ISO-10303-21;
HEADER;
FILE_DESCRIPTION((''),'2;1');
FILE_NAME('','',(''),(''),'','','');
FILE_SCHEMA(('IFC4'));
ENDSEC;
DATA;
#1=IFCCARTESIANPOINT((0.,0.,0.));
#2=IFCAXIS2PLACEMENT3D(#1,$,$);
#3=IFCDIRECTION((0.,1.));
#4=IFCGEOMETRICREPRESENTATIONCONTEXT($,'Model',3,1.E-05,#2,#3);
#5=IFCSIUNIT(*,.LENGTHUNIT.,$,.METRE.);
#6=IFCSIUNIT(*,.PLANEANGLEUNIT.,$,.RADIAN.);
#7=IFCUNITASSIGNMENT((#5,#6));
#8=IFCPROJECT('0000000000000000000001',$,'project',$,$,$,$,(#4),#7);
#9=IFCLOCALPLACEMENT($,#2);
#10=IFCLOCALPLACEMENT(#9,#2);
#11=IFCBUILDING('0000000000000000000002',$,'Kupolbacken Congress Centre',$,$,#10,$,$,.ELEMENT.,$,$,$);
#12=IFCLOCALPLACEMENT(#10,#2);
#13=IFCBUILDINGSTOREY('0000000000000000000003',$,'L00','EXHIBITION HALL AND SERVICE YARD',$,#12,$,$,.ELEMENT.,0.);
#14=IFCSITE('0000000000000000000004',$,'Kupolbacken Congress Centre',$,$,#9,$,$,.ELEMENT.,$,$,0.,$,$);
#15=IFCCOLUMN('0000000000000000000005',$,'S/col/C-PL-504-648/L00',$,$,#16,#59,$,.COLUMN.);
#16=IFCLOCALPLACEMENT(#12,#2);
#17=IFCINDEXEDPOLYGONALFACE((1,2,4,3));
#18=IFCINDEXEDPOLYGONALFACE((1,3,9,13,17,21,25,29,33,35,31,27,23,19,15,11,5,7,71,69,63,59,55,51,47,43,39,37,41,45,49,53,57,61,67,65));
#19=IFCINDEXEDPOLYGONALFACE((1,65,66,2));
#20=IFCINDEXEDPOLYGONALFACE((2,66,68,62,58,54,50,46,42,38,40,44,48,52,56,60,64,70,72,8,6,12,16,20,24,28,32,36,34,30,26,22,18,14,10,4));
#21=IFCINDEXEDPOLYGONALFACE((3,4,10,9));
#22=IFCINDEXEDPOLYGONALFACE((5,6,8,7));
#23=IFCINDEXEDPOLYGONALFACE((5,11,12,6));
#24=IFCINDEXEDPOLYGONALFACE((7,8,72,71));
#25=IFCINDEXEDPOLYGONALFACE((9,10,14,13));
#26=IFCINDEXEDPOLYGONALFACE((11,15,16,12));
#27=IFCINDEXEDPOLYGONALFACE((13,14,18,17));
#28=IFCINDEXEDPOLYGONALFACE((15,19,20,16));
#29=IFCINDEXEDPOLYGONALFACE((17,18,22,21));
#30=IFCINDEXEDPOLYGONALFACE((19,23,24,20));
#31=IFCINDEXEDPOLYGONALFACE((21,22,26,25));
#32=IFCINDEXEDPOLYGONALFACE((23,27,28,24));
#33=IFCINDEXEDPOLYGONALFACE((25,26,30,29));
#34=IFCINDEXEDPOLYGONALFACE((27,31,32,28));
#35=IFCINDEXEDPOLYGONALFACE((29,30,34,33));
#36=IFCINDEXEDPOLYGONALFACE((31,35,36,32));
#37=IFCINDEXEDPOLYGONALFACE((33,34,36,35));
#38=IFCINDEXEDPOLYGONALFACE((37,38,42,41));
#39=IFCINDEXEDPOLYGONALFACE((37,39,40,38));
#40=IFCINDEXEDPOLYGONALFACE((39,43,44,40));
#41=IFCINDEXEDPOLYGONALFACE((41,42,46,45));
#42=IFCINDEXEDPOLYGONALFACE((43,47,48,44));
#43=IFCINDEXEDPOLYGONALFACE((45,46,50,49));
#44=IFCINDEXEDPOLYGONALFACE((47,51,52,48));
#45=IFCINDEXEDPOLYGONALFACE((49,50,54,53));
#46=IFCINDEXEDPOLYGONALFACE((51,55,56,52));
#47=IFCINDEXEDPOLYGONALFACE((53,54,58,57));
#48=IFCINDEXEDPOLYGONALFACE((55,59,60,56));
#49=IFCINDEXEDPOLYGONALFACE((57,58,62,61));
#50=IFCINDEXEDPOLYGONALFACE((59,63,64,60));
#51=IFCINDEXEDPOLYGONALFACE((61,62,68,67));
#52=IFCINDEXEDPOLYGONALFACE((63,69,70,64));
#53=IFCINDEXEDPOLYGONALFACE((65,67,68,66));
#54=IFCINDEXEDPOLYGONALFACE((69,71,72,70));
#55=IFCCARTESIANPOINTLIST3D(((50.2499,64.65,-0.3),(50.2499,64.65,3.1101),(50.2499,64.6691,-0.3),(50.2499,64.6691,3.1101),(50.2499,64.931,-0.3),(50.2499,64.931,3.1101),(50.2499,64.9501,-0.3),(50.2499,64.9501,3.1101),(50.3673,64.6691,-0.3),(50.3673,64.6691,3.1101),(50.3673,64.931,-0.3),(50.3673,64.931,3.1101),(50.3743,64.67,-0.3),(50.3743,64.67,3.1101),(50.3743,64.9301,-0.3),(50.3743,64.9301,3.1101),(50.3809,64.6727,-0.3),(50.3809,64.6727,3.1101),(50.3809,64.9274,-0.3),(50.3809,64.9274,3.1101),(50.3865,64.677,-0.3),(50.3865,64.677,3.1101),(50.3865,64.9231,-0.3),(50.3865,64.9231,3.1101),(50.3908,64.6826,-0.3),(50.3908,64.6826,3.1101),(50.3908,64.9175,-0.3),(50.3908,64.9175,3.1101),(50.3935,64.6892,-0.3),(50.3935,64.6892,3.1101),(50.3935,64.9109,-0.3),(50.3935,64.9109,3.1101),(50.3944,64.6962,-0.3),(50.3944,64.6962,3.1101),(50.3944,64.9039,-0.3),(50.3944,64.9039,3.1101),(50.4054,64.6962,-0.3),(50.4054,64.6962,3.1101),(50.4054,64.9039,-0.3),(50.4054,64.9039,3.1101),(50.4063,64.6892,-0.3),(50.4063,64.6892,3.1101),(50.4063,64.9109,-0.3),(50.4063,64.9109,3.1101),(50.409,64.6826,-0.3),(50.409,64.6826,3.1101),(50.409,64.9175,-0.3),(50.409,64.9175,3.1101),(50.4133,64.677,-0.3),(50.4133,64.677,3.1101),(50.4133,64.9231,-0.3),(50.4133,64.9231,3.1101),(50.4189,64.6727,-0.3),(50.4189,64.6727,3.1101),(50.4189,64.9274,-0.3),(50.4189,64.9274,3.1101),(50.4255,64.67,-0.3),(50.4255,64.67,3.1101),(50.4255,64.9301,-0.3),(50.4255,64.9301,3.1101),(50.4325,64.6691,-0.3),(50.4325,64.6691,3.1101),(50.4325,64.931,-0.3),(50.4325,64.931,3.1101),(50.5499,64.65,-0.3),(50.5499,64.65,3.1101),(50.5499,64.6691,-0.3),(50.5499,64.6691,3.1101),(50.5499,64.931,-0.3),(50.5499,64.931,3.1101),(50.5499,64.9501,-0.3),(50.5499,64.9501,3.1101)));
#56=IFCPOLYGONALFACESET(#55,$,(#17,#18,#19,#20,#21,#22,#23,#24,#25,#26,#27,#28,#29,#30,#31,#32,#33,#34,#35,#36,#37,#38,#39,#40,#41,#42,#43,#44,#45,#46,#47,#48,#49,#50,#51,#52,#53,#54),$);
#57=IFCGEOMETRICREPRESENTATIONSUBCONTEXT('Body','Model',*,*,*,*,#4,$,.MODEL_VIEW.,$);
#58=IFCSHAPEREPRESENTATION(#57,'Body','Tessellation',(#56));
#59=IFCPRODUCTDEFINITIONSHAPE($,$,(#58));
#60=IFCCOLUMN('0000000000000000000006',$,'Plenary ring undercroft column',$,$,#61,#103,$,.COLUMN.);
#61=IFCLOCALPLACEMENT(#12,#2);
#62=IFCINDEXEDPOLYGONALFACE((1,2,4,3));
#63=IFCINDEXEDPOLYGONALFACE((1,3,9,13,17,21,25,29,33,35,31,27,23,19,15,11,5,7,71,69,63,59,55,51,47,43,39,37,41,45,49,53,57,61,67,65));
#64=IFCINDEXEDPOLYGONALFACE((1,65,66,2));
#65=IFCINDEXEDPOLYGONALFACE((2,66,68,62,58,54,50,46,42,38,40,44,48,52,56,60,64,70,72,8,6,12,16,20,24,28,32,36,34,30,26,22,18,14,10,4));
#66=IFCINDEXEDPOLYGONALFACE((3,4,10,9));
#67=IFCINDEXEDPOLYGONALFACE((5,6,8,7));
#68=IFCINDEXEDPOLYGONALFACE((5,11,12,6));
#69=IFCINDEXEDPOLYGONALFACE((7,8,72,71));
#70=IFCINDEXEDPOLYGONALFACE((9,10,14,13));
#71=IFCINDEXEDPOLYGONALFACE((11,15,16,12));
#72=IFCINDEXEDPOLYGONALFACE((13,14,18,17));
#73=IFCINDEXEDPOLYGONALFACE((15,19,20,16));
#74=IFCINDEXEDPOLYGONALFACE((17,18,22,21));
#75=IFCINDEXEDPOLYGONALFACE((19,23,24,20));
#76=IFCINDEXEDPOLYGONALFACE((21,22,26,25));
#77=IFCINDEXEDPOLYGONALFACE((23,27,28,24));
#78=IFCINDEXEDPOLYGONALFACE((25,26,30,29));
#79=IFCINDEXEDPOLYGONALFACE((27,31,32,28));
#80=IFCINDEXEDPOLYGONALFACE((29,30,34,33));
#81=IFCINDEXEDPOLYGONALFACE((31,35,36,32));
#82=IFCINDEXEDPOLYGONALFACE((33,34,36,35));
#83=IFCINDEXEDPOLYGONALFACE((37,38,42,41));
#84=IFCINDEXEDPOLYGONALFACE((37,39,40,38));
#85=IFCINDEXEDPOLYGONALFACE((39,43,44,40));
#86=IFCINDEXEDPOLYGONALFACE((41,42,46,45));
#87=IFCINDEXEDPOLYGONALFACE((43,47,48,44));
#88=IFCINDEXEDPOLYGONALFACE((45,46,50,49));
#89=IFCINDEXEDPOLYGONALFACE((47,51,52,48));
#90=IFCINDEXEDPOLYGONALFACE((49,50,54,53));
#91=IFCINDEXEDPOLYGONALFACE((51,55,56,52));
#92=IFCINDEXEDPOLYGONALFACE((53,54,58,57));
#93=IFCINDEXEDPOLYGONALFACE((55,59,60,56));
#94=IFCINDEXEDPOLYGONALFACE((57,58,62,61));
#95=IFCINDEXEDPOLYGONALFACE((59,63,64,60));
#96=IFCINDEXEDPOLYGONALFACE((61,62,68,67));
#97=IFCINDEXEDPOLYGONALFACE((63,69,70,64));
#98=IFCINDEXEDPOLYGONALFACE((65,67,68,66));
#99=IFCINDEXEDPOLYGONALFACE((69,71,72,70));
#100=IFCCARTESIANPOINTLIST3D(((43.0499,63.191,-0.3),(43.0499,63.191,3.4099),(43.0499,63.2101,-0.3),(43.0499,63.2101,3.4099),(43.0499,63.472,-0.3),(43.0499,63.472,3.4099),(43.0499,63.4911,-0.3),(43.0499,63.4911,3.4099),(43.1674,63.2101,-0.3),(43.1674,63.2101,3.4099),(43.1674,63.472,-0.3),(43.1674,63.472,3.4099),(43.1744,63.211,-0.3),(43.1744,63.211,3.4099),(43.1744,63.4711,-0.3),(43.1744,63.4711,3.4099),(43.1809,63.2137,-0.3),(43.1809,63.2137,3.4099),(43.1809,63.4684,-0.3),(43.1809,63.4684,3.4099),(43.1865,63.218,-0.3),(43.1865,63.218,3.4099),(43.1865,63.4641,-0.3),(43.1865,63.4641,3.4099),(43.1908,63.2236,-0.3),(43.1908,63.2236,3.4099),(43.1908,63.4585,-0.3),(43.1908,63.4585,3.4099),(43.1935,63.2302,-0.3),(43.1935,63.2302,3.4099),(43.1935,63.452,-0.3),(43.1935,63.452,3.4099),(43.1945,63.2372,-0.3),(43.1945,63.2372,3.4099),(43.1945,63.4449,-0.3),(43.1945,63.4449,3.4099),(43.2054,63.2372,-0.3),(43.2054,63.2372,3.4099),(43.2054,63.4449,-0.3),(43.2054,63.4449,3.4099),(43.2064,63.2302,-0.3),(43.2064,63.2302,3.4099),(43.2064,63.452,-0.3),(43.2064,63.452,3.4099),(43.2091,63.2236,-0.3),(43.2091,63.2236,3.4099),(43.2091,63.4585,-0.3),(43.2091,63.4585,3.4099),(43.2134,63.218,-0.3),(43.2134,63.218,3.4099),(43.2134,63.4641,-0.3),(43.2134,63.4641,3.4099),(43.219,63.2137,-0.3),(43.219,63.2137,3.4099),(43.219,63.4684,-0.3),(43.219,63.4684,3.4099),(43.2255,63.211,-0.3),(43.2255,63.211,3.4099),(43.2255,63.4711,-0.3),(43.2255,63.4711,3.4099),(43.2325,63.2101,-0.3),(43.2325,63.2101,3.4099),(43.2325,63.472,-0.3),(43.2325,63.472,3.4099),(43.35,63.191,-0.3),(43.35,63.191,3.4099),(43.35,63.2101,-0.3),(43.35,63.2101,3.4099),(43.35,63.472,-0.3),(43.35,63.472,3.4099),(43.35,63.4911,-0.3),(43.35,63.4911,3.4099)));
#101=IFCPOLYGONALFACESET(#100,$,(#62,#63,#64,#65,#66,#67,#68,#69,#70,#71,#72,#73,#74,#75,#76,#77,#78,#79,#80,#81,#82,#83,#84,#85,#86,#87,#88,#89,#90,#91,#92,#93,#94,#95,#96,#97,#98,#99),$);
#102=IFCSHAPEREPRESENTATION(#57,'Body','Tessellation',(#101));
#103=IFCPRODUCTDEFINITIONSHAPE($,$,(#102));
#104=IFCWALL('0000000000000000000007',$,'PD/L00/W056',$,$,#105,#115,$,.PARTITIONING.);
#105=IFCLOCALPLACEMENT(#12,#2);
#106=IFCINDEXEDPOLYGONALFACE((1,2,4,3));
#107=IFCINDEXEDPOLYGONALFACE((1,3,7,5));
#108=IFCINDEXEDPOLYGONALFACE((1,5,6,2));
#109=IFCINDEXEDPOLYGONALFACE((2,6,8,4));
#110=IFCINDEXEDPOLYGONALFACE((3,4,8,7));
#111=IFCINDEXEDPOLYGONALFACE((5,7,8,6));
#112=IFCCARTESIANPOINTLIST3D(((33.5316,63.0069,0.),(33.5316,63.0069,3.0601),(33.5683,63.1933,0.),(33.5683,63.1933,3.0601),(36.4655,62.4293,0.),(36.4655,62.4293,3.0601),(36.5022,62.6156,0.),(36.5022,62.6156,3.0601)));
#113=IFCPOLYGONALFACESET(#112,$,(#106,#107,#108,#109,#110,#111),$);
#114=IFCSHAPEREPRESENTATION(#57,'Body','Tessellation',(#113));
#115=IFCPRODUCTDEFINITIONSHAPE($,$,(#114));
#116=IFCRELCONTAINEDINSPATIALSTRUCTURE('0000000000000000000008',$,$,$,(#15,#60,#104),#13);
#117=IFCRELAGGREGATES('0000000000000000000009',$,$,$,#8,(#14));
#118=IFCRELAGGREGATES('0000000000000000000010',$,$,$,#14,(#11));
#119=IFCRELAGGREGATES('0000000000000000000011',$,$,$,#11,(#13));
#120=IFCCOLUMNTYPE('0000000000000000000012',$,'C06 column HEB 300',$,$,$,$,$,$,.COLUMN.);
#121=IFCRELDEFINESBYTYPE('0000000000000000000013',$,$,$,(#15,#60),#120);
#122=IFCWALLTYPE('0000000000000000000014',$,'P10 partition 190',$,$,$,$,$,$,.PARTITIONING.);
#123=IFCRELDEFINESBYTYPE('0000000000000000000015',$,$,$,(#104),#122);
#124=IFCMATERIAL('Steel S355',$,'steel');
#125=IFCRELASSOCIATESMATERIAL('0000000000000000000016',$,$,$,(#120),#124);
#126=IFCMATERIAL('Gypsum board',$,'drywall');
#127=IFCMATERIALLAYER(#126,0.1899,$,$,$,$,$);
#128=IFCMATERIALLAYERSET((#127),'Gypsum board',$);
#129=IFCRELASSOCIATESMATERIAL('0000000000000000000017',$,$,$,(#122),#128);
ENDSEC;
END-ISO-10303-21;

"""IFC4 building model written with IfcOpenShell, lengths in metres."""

from ifc_helpers import new_model, si_unit, direction, frame, frame_2d, origin, origin_2d, place, context, subcontext, project, spatial, rectangle, i_section, extrude, material, layer, layer_set, material_profile, profile_set, type_object, element, save


model = new_model("IFC4")

# Units and contexts
model_context = context("Model", 3, precision=1e-05, world=origin(), true_north=direction((0.0, 1.0)))
body_context = subcontext(model_context, "Body", "Model", "MODEL_VIEW")
ifc_project = project(units=[si_unit("LENGTHUNIT", "METRE"), si_unit("PLANEANGLEUNIT", "RADIAN")], contexts=[model_context])

# Site, building, storey
site_placement = place(None, origin())
site = spatial("IfcSite", under=ifc_project, at=site_placement, Name="Kupolbacken Congress Centre", CompositionType="ELEMENT", RefElevation=0.0)
building_placement = place(site_placement, origin())
building = spatial("IfcBuilding", under=site, at=building_placement, Name="Kupolbacken Congress Centre", CompositionType="ELEMENT")
storey_placement = place(building_placement, origin())
storey = spatial("IfcBuildingStorey", under=building, at=storey_placement, Name="L00", Description="EXHIBITION HALL AND SERVICE YARD", CompositionType="ELEMENT", Elevation=0.0)

# Columns
ifc_material_1 = material(Name="Steel S355", Category="steel")
ifc_material_profile_1 = material_profile(ifc_material_1, i_section(OverallWidth=0.3, OverallDepth=0.3, WebThickness=0.011, FlangeThickness=0.019, FilletRadius=0.0271, at=origin_2d()), Name="HEB 300")
ifc_profile_set_1 = profile_set([ifc_material_profile_1], Name="Steel S355")
column_type = type_object("IfcColumnType", Name="C06 column HEB 300", PredefinedType="COLUMN", material=ifc_profile_set_1)
for number, where, z_axis, x_axis, name in (
    (1, (50.3999, 64.8, -0.3), (0.0, 0.0, 1.0), (1.0, 0.0, 0.0), "S/col/C-PL-504-648/L00"),
):
    element("IfcColumn", number, at=place(storey_placement, frame(where, z_axis=z_axis, x_axis=x_axis)), inside=storey, type_object=column_type, Name=name, PredefinedType="COLUMN", context=body_context, shape_type="SweptSolid", body=[
        extrude(i_section(OverallWidth=0.3, OverallDepth=0.3, WebThickness=0.011, FlangeThickness=0.019, FilletRadius=0.0271, at=origin_2d()), origin(), (0.0, 0.0, 1.0), 3.4102),
    ])
column_placement = place(storey_placement, frame((43.2, 63.3411, -0.3), z_axis=(0.0, 0.0, 1.0), x_axis=(1.0, 0.0, 0.0)))
element("IfcColumn", 2, at=column_placement, inside=storey, type_object=column_type, Name="Plenary ring undercroft column", PredefinedType="COLUMN", context=body_context, shape_type="SweptSolid", body=[
    extrude(i_section(OverallWidth=0.3, OverallDepth=0.3, WebThickness=0.011, FlangeThickness=0.019, FilletRadius=0.0271, at=origin_2d()), origin(), (0.0, 0.0, 1.0), 3.71),
])

# Wall
ifc_material_2 = material(Name="Gypsum board", Category="drywall")
ifc_layer_1 = layer(ifc_material_2, 0.1899)
ifc_layer_set_1 = layer_set([ifc_layer_1], Name="Gypsum board")
wall_type = type_object("IfcWallType", Name="P10 partition 190", PredefinedType="PARTITIONING", material=ifc_layer_set_1)
wall_placement = place(storey_placement, frame((36.4839, 62.5225, 0.0), z_axis=(0.0, 0.0, 1.0), x_axis=(-0.981164, 0.193179, 0.0)))
element("IfcWall", 3, at=wall_placement, inside=storey, type_object=wall_type, Name="PD/L00/W056", PredefinedType="PARTITIONING", context=body_context, shape_type="SweptSolid", body=[
    extrude(rectangle(XDim=2.9902, YDim=0.1899, at=frame_2d((1.4951, 0.0))), origin(), (0.0, 0.0, 1.0), 3.0601),
])

save(model, "model.ifc")
